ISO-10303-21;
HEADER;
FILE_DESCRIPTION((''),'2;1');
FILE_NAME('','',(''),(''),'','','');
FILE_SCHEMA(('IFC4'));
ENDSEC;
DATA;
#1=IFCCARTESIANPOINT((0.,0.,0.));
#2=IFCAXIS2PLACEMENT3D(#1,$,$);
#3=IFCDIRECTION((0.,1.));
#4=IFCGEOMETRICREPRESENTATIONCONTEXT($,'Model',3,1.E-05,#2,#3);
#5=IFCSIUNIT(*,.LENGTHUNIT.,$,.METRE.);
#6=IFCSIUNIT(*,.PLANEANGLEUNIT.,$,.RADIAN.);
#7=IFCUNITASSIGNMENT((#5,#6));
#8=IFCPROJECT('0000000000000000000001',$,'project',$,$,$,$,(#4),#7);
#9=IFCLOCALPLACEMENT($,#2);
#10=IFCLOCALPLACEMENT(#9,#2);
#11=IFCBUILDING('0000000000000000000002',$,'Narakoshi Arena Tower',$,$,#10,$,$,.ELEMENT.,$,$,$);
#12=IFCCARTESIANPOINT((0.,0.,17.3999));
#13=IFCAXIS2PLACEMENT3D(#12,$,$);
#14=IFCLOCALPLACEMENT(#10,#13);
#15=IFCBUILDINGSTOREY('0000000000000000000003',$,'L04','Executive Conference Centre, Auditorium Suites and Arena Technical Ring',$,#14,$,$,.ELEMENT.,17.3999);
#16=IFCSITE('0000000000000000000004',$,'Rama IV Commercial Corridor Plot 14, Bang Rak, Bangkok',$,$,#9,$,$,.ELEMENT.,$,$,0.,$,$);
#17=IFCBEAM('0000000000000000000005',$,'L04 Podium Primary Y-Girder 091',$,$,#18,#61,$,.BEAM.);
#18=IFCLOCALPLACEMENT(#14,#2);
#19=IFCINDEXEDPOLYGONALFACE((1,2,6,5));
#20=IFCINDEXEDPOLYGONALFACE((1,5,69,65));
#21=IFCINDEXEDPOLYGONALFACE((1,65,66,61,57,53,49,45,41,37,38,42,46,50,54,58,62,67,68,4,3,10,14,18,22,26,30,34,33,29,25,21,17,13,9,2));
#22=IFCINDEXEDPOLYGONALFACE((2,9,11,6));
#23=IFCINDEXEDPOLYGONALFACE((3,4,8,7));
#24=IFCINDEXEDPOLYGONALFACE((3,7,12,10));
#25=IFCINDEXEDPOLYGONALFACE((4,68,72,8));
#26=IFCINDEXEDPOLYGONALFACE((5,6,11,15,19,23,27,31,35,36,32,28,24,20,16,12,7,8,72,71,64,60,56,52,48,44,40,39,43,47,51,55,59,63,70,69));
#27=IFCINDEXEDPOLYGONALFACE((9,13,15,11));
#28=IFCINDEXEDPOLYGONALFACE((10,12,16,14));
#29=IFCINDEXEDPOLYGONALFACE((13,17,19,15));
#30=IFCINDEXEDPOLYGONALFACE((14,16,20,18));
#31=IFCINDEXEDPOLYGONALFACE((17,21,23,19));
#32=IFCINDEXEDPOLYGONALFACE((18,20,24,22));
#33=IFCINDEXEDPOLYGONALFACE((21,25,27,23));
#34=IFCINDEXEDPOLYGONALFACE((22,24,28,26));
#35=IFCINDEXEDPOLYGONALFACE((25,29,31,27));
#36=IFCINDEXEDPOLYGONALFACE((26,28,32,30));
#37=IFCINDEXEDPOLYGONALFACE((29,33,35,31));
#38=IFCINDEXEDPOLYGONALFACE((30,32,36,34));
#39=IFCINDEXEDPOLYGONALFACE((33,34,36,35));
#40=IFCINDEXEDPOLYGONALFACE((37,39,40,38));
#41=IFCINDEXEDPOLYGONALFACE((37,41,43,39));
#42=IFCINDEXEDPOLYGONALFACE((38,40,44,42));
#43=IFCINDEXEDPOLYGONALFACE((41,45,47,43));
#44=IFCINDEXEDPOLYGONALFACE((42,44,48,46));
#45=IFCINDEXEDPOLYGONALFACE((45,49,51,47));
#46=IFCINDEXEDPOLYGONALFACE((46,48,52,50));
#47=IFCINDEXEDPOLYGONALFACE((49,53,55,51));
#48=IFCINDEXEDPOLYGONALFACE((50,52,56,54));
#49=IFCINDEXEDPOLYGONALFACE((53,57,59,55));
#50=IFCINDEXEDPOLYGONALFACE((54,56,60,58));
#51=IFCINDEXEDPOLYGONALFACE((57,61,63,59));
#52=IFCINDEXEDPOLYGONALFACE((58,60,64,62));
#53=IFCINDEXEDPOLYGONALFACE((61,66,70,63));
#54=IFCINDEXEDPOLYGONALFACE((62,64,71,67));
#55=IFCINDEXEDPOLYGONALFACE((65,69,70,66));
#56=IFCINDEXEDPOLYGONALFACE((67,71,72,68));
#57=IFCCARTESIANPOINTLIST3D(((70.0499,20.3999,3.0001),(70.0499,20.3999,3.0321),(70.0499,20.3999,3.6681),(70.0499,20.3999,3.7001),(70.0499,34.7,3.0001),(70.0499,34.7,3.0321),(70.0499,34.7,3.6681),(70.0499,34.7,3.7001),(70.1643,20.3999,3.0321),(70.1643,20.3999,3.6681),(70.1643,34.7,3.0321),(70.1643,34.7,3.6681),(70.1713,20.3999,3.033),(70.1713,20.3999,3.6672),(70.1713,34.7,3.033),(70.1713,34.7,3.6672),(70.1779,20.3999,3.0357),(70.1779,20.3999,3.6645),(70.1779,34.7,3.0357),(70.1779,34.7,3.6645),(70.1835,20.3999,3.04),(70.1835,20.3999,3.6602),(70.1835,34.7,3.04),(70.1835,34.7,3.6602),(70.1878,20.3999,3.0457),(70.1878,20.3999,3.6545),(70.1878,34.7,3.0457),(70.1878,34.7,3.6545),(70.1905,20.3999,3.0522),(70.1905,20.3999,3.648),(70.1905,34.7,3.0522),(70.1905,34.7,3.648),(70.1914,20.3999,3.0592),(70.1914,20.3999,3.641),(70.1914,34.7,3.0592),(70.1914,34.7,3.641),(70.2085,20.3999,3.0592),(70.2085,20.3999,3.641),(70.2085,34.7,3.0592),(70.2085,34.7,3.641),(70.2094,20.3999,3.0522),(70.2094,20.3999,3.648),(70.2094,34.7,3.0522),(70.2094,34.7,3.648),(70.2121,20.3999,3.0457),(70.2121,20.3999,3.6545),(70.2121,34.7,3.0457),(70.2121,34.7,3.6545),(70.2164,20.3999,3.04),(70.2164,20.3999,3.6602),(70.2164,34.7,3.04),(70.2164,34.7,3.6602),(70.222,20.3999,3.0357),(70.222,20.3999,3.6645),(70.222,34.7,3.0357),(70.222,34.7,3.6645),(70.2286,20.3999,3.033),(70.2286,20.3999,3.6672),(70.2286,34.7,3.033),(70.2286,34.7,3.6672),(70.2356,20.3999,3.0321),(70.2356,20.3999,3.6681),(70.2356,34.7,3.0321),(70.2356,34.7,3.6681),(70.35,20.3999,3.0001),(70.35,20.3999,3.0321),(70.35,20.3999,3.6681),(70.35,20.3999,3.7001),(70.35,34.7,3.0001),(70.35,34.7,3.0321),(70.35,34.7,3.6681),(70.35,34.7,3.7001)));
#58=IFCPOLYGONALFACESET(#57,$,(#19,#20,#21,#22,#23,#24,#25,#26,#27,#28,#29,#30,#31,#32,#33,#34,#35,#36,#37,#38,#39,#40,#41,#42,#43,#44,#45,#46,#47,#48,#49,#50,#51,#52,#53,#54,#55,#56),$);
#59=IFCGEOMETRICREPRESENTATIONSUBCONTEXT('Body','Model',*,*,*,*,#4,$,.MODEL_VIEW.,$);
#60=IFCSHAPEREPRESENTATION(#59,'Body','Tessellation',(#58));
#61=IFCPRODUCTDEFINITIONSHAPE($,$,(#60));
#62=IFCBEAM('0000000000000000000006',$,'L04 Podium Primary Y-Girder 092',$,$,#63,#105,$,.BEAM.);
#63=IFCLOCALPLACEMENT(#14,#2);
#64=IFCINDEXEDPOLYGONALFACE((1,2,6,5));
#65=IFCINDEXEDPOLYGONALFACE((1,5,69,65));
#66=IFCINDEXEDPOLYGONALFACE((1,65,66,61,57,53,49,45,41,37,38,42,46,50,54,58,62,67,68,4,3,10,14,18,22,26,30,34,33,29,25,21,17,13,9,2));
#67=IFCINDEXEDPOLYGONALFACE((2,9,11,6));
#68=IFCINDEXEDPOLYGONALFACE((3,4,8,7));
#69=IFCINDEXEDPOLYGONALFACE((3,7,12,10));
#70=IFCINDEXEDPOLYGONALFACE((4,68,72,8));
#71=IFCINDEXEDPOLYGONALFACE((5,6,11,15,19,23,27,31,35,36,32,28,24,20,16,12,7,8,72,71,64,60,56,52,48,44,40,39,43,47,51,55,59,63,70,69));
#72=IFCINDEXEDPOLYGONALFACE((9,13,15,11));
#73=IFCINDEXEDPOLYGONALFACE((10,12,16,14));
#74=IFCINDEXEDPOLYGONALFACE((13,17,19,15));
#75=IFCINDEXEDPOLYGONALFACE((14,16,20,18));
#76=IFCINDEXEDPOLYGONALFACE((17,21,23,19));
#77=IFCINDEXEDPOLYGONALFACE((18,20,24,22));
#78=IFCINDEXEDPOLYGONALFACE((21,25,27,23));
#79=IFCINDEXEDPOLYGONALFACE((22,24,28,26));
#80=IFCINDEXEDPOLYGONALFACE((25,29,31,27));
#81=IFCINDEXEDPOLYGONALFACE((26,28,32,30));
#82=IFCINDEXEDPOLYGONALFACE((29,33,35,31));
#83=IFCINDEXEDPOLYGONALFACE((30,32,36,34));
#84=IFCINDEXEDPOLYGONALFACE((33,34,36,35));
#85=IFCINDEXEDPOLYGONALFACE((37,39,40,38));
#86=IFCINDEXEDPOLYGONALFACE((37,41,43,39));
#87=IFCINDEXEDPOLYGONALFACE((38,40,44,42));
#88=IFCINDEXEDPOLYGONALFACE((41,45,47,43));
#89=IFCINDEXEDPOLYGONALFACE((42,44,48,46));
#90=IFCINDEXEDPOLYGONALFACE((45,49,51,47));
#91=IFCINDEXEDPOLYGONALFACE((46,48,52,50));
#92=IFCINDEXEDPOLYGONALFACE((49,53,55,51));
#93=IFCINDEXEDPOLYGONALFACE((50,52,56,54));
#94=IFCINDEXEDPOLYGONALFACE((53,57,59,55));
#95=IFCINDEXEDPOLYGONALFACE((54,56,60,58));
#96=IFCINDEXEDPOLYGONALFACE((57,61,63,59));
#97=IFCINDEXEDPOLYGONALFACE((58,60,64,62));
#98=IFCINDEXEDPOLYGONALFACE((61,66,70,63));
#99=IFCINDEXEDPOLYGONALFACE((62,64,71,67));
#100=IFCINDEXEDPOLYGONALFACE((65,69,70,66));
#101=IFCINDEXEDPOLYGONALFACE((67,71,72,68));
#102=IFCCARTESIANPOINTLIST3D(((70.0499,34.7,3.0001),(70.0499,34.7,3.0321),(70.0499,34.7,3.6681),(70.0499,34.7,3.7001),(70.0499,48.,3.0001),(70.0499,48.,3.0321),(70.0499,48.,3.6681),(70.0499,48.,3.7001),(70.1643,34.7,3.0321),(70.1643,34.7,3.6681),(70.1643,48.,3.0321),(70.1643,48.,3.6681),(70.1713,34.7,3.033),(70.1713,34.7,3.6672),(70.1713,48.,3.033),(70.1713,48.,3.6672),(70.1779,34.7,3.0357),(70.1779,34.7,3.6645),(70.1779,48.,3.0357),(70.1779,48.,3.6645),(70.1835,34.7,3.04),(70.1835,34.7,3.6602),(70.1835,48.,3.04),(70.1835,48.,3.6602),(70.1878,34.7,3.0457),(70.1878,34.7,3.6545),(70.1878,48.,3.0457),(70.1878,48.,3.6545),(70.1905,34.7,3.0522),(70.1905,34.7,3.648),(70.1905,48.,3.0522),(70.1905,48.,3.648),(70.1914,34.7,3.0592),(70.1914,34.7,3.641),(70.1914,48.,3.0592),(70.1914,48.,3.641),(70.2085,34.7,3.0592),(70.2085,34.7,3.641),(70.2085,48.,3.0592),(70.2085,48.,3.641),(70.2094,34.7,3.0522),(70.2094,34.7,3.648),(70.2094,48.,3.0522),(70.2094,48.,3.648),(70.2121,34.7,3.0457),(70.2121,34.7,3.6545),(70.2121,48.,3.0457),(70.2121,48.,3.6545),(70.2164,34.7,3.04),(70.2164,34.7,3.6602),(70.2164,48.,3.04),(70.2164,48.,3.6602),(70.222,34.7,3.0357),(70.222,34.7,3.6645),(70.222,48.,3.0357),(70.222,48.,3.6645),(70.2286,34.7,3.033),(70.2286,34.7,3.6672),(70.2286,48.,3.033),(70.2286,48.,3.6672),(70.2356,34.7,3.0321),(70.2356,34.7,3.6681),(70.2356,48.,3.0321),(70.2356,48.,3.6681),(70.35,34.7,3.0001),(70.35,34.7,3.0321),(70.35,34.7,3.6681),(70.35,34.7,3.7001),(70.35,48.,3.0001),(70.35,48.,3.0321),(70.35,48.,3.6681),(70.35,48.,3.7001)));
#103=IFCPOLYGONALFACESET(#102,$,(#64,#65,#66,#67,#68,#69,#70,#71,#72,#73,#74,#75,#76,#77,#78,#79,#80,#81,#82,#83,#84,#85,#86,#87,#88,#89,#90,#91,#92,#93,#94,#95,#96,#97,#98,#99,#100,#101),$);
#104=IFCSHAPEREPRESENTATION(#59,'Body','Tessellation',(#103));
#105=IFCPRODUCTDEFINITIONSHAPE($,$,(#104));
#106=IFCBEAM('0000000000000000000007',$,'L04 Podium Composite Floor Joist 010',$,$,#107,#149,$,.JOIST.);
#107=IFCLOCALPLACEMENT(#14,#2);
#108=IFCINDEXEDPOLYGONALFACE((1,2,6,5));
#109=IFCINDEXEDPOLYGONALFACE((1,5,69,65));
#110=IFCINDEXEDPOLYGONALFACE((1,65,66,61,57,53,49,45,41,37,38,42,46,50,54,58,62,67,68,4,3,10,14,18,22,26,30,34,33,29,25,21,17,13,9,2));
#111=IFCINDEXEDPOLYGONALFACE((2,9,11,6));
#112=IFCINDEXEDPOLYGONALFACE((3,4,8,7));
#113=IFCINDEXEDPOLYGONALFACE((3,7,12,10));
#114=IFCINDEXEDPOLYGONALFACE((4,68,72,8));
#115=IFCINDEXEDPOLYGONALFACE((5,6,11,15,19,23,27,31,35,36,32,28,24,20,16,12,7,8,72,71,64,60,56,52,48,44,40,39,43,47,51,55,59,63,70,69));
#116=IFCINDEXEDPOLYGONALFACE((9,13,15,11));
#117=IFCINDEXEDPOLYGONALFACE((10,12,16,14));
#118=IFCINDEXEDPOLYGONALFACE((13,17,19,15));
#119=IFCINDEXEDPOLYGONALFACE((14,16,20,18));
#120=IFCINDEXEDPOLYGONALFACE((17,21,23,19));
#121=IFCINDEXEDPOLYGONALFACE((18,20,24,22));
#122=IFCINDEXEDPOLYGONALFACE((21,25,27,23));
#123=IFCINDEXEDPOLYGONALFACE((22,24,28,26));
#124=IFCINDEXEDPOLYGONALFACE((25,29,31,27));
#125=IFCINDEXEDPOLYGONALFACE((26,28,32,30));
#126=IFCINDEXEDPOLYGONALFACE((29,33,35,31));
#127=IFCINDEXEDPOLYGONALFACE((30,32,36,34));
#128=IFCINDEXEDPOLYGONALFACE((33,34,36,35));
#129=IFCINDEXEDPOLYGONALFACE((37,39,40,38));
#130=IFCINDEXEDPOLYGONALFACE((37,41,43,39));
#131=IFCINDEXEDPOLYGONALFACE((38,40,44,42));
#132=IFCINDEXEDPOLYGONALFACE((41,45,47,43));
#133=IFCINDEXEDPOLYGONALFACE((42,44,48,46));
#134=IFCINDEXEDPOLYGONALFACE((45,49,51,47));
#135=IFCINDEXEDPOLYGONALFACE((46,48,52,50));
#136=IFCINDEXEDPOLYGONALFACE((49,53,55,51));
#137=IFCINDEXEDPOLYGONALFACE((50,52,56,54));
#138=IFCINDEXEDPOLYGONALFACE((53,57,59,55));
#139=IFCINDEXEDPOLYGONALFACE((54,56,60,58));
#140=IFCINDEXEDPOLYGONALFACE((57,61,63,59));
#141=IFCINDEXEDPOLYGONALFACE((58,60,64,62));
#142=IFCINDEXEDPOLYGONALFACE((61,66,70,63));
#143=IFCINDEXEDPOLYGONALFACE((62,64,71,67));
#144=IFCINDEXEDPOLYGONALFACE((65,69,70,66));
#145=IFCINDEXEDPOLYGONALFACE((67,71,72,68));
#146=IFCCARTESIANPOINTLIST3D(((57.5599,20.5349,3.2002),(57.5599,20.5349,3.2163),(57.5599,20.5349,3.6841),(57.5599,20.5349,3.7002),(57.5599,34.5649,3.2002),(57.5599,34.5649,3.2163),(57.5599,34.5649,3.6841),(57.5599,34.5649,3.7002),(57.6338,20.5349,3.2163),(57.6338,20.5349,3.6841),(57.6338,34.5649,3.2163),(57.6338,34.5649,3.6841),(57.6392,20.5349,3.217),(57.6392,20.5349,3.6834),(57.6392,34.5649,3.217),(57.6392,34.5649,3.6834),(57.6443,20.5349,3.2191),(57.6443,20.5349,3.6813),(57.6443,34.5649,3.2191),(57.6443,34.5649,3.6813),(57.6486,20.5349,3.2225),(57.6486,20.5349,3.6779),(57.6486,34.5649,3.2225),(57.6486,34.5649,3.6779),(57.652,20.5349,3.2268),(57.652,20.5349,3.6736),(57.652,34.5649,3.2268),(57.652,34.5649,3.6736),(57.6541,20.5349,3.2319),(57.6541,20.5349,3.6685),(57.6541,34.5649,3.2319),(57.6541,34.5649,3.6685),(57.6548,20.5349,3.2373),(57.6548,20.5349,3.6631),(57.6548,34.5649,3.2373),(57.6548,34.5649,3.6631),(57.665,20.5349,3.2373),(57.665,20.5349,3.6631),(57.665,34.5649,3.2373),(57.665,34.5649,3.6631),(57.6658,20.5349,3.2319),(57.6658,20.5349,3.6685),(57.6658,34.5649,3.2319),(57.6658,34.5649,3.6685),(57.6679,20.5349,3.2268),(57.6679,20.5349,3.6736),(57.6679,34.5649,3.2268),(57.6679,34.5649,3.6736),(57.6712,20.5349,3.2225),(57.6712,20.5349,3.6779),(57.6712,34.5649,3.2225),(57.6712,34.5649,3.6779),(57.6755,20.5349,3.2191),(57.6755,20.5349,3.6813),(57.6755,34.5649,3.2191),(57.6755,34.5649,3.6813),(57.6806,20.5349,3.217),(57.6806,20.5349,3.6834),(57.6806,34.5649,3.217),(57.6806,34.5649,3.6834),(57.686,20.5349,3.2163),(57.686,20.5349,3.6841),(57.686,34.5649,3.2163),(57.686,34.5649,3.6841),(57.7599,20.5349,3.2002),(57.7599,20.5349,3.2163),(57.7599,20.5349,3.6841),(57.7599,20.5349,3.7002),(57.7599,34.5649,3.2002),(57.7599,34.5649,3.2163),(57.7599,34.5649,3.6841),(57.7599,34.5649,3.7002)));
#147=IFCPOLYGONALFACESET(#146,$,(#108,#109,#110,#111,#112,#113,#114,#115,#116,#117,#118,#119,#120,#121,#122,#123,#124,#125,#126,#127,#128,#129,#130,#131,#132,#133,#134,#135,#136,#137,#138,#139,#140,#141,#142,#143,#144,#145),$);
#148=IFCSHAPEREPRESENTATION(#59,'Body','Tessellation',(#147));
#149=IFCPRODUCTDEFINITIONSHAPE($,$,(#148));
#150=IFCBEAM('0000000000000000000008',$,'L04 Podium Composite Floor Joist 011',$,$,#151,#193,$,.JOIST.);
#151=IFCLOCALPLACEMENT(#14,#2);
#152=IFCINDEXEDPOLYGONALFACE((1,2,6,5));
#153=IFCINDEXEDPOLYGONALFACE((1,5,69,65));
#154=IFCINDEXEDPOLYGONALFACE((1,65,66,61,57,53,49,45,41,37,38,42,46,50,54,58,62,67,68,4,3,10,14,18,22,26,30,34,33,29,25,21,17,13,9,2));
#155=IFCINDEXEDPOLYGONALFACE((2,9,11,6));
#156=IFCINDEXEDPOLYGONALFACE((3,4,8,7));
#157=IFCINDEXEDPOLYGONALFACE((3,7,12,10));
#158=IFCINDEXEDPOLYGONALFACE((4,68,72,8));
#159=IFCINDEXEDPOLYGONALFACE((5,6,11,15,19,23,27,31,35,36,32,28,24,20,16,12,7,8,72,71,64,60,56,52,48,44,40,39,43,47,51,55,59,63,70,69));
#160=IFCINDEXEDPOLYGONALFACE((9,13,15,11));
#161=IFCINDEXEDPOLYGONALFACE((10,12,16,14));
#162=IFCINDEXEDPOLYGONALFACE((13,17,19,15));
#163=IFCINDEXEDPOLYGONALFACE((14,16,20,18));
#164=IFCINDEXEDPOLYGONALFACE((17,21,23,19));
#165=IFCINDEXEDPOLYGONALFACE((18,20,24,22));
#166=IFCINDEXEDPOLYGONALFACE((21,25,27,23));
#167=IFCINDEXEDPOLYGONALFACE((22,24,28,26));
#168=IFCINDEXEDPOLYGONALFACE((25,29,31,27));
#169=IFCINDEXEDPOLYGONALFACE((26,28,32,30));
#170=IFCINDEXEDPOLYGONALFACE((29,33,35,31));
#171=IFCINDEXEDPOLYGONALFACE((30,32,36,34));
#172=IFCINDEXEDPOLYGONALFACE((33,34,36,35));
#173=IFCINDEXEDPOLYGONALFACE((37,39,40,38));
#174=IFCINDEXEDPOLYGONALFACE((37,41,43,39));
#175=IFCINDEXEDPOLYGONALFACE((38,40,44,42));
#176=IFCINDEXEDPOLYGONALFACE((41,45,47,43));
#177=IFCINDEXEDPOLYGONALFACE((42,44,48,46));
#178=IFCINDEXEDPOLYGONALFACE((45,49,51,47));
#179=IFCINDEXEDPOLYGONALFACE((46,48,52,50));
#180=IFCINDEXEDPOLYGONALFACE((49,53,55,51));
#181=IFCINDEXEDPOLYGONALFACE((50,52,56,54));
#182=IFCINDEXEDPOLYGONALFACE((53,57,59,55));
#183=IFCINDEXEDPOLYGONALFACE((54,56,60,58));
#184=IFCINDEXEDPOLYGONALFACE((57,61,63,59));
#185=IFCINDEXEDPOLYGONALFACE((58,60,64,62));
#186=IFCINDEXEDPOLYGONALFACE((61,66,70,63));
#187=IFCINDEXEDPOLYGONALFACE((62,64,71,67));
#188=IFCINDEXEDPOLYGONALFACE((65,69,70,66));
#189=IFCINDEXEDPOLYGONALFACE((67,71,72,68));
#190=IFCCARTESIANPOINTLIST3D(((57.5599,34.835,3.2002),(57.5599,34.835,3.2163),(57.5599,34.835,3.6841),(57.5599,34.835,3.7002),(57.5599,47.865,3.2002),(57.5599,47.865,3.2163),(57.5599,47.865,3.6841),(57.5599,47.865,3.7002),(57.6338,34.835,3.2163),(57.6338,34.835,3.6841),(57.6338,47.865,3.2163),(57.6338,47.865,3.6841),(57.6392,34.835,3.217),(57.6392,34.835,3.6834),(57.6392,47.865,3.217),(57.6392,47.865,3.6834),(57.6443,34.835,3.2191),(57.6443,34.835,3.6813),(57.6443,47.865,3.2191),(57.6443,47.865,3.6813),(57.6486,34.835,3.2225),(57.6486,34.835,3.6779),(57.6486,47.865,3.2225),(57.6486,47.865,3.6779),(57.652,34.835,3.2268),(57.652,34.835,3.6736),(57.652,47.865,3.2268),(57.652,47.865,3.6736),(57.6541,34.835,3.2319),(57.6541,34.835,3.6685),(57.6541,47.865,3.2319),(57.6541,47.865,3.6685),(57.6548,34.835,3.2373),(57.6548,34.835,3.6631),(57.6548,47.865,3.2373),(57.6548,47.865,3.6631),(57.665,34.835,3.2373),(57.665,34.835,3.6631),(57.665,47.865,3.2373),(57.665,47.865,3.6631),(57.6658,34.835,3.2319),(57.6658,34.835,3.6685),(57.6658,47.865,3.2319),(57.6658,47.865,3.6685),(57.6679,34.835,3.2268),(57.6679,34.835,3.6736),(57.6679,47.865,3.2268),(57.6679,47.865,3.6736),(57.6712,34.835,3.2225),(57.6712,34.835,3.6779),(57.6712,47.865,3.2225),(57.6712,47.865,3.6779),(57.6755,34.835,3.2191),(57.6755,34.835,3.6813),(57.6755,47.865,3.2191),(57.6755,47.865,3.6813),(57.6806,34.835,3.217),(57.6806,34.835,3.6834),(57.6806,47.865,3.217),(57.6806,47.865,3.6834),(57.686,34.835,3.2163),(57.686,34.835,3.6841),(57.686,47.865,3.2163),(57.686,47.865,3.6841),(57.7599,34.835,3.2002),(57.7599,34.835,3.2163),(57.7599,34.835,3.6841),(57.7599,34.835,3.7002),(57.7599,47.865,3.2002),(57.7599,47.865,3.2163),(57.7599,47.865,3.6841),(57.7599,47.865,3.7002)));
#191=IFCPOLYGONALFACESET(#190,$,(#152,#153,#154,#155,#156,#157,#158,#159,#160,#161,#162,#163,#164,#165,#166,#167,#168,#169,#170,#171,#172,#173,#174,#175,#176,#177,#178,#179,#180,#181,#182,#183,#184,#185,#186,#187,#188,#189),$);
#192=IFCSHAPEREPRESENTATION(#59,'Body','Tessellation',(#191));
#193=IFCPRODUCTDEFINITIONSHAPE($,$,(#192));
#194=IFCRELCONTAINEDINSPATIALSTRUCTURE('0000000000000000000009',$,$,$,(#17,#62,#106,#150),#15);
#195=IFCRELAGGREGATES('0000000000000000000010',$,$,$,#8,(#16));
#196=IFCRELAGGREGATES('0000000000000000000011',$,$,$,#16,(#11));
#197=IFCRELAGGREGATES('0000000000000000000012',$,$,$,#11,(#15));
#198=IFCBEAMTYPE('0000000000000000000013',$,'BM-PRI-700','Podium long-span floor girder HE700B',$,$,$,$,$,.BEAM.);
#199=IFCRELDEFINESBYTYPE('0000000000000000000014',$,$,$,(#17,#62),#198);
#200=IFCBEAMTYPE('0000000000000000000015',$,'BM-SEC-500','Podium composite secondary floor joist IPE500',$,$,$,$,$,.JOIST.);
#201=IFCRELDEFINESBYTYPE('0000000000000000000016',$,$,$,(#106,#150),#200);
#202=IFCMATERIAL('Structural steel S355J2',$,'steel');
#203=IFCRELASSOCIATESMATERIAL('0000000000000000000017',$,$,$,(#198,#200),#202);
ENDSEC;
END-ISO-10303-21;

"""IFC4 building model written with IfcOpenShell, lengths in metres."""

from ifc_helpers import new_model, si_unit, direction, frame, origin, origin_2d, place, context, subcontext, project, spatial, i_section, extrude, material, material_profile, profile_set, type_object, element, save


model = new_model("IFC4")

# Units and contexts
model_context = context("Model", 3, precision=1e-05, world=origin(), true_north=direction((0.0, 1.0)))
body_context = subcontext(model_context, "Body", "Model", "MODEL_VIEW")
ifc_project = project(units=[si_unit("LENGTHUNIT", "METRE"), si_unit("PLANEANGLEUNIT", "RADIAN")], contexts=[model_context])

# Site, building, storey
site_placement = place(None, origin())
site = spatial("IfcSite", under=ifc_project, at=site_placement, Name="Rama IV Commercial Corridor Plot 14, Bang Rak, Bangkok", CompositionType="ELEMENT", RefElevation=0.0)
building_placement = place(site_placement, origin())
building = spatial("IfcBuilding", under=site, at=building_placement, Name="Narakoshi Arena Tower", CompositionType="ELEMENT")
storey_placement = place(building_placement, frame((0.0, 0.0, 17.3999)))
storey = spatial("IfcBuildingStorey", under=building, at=storey_placement, Name="L04", Description="Executive Conference Centre, Auditorium Suites and Arena Technical Ring", CompositionType="ELEMENT", Elevation=17.3999)

# Beams
ifc_material_1 = material(Name="Structural steel S355J2", Category="steel")
ifc_material_profile_1 = material_profile(ifc_material_1, i_section(OverallWidth=0.3, OverallDepth=0.7, WebThickness=0.0171, FlangeThickness=0.032, FilletRadius=0.0271, at=origin_2d()), Name="HE700B")
ifc_profile_set_1 = profile_set([ifc_material_profile_1], Name="Structural steel S355J2")
beam_type_1 = type_object("IfcBeamType", Name="BM-PRI-700", Description="Podium long-span floor girder HE700B", PredefinedType="BEAM", material=ifc_profile_set_1)
beam_1_placement = place(storey_placement, frame((70.2, 20.3999, 3.3501), z_axis=(0.0, 1.0, 0.0), x_axis=(-1.0, 0.0, 0.0)))
element("IfcBeam", 1, at=beam_1_placement, inside=storey, type_object=beam_type_1, Name="L04 Podium Primary Y-Girder 091", PredefinedType="BEAM", context=body_context, shape_type="SweptSolid", body=[
    extrude(i_section(OverallWidth=0.3, OverallDepth=0.7, WebThickness=0.0171, FlangeThickness=0.032, FilletRadius=0.0271, at=origin_2d()), origin(), (0.0, 0.0, 1.0), 14.3),
])
beam_2_placement = place(storey_placement, frame((70.2, 34.7, 3.3501), z_axis=(0.0, 1.0, 0.0), x_axis=(-1.0, 0.0, 0.0)))
element("IfcBeam", 2, at=beam_2_placement, inside=storey, type_object=beam_type_1, Name="L04 Podium Primary Y-Girder 092", PredefinedType="BEAM", context=body_context, shape_type="SweptSolid", body=[
    extrude(i_section(OverallWidth=0.3, OverallDepth=0.7, WebThickness=0.0171, FlangeThickness=0.032, FilletRadius=0.0271, at=origin_2d()), origin(), (0.0, 0.0, 1.0), 13.3),
])
ifc_material_profile_2 = material_profile(ifc_material_1, i_section(OverallWidth=0.2, OverallDepth=0.5, WebThickness=0.0103, FlangeThickness=0.0161, FilletRadius=0.021, at=origin_2d()), Name="IPE500")
ifc_profile_set_2 = profile_set([ifc_material_profile_2], Name="Structural steel S355J2")
beam_type_2 = type_object("IfcBeamType", Name="BM-SEC-500", Description="Podium composite secondary floor joist IPE500", PredefinedType="JOIST", material=ifc_profile_set_2)
beam_3_placement = place(storey_placement, frame((57.6599, 20.5349, 3.4502), z_axis=(0.0, 1.0, 0.0), x_axis=(-1.0, 0.0, 0.0)))
element("IfcBeam", 3, at=beam_3_placement, inside=storey, type_object=beam_type_2, Name="L04 Podium Composite Floor Joist 010", PredefinedType="JOIST", context=body_context, shape_type="SweptSolid", body=[
    extrude(i_section(OverallWidth=0.2, OverallDepth=0.5, WebThickness=0.0103, FlangeThickness=0.0161, FilletRadius=0.021, at=origin_2d()), origin(), (0.0, 0.0, 1.0), 14.03),
])
beam_4_placement = place(storey_placement, frame((57.6599, 34.835, 3.4502), z_axis=(0.0, 1.0, 0.0), x_axis=(-1.0, 0.0, 0.0)))
element("IfcBeam", 4, at=beam_4_placement, inside=storey, type_object=beam_type_2, Name="L04 Podium Composite Floor Joist 011", PredefinedType="JOIST", context=body_context, shape_type="SweptSolid", body=[
    extrude(i_section(OverallWidth=0.2, OverallDepth=0.5, WebThickness=0.0103, FlangeThickness=0.0161, FilletRadius=0.021, at=origin_2d()), origin(), (0.0, 0.0, 1.0), 13.03),
])

save(model, "model.ifc")
